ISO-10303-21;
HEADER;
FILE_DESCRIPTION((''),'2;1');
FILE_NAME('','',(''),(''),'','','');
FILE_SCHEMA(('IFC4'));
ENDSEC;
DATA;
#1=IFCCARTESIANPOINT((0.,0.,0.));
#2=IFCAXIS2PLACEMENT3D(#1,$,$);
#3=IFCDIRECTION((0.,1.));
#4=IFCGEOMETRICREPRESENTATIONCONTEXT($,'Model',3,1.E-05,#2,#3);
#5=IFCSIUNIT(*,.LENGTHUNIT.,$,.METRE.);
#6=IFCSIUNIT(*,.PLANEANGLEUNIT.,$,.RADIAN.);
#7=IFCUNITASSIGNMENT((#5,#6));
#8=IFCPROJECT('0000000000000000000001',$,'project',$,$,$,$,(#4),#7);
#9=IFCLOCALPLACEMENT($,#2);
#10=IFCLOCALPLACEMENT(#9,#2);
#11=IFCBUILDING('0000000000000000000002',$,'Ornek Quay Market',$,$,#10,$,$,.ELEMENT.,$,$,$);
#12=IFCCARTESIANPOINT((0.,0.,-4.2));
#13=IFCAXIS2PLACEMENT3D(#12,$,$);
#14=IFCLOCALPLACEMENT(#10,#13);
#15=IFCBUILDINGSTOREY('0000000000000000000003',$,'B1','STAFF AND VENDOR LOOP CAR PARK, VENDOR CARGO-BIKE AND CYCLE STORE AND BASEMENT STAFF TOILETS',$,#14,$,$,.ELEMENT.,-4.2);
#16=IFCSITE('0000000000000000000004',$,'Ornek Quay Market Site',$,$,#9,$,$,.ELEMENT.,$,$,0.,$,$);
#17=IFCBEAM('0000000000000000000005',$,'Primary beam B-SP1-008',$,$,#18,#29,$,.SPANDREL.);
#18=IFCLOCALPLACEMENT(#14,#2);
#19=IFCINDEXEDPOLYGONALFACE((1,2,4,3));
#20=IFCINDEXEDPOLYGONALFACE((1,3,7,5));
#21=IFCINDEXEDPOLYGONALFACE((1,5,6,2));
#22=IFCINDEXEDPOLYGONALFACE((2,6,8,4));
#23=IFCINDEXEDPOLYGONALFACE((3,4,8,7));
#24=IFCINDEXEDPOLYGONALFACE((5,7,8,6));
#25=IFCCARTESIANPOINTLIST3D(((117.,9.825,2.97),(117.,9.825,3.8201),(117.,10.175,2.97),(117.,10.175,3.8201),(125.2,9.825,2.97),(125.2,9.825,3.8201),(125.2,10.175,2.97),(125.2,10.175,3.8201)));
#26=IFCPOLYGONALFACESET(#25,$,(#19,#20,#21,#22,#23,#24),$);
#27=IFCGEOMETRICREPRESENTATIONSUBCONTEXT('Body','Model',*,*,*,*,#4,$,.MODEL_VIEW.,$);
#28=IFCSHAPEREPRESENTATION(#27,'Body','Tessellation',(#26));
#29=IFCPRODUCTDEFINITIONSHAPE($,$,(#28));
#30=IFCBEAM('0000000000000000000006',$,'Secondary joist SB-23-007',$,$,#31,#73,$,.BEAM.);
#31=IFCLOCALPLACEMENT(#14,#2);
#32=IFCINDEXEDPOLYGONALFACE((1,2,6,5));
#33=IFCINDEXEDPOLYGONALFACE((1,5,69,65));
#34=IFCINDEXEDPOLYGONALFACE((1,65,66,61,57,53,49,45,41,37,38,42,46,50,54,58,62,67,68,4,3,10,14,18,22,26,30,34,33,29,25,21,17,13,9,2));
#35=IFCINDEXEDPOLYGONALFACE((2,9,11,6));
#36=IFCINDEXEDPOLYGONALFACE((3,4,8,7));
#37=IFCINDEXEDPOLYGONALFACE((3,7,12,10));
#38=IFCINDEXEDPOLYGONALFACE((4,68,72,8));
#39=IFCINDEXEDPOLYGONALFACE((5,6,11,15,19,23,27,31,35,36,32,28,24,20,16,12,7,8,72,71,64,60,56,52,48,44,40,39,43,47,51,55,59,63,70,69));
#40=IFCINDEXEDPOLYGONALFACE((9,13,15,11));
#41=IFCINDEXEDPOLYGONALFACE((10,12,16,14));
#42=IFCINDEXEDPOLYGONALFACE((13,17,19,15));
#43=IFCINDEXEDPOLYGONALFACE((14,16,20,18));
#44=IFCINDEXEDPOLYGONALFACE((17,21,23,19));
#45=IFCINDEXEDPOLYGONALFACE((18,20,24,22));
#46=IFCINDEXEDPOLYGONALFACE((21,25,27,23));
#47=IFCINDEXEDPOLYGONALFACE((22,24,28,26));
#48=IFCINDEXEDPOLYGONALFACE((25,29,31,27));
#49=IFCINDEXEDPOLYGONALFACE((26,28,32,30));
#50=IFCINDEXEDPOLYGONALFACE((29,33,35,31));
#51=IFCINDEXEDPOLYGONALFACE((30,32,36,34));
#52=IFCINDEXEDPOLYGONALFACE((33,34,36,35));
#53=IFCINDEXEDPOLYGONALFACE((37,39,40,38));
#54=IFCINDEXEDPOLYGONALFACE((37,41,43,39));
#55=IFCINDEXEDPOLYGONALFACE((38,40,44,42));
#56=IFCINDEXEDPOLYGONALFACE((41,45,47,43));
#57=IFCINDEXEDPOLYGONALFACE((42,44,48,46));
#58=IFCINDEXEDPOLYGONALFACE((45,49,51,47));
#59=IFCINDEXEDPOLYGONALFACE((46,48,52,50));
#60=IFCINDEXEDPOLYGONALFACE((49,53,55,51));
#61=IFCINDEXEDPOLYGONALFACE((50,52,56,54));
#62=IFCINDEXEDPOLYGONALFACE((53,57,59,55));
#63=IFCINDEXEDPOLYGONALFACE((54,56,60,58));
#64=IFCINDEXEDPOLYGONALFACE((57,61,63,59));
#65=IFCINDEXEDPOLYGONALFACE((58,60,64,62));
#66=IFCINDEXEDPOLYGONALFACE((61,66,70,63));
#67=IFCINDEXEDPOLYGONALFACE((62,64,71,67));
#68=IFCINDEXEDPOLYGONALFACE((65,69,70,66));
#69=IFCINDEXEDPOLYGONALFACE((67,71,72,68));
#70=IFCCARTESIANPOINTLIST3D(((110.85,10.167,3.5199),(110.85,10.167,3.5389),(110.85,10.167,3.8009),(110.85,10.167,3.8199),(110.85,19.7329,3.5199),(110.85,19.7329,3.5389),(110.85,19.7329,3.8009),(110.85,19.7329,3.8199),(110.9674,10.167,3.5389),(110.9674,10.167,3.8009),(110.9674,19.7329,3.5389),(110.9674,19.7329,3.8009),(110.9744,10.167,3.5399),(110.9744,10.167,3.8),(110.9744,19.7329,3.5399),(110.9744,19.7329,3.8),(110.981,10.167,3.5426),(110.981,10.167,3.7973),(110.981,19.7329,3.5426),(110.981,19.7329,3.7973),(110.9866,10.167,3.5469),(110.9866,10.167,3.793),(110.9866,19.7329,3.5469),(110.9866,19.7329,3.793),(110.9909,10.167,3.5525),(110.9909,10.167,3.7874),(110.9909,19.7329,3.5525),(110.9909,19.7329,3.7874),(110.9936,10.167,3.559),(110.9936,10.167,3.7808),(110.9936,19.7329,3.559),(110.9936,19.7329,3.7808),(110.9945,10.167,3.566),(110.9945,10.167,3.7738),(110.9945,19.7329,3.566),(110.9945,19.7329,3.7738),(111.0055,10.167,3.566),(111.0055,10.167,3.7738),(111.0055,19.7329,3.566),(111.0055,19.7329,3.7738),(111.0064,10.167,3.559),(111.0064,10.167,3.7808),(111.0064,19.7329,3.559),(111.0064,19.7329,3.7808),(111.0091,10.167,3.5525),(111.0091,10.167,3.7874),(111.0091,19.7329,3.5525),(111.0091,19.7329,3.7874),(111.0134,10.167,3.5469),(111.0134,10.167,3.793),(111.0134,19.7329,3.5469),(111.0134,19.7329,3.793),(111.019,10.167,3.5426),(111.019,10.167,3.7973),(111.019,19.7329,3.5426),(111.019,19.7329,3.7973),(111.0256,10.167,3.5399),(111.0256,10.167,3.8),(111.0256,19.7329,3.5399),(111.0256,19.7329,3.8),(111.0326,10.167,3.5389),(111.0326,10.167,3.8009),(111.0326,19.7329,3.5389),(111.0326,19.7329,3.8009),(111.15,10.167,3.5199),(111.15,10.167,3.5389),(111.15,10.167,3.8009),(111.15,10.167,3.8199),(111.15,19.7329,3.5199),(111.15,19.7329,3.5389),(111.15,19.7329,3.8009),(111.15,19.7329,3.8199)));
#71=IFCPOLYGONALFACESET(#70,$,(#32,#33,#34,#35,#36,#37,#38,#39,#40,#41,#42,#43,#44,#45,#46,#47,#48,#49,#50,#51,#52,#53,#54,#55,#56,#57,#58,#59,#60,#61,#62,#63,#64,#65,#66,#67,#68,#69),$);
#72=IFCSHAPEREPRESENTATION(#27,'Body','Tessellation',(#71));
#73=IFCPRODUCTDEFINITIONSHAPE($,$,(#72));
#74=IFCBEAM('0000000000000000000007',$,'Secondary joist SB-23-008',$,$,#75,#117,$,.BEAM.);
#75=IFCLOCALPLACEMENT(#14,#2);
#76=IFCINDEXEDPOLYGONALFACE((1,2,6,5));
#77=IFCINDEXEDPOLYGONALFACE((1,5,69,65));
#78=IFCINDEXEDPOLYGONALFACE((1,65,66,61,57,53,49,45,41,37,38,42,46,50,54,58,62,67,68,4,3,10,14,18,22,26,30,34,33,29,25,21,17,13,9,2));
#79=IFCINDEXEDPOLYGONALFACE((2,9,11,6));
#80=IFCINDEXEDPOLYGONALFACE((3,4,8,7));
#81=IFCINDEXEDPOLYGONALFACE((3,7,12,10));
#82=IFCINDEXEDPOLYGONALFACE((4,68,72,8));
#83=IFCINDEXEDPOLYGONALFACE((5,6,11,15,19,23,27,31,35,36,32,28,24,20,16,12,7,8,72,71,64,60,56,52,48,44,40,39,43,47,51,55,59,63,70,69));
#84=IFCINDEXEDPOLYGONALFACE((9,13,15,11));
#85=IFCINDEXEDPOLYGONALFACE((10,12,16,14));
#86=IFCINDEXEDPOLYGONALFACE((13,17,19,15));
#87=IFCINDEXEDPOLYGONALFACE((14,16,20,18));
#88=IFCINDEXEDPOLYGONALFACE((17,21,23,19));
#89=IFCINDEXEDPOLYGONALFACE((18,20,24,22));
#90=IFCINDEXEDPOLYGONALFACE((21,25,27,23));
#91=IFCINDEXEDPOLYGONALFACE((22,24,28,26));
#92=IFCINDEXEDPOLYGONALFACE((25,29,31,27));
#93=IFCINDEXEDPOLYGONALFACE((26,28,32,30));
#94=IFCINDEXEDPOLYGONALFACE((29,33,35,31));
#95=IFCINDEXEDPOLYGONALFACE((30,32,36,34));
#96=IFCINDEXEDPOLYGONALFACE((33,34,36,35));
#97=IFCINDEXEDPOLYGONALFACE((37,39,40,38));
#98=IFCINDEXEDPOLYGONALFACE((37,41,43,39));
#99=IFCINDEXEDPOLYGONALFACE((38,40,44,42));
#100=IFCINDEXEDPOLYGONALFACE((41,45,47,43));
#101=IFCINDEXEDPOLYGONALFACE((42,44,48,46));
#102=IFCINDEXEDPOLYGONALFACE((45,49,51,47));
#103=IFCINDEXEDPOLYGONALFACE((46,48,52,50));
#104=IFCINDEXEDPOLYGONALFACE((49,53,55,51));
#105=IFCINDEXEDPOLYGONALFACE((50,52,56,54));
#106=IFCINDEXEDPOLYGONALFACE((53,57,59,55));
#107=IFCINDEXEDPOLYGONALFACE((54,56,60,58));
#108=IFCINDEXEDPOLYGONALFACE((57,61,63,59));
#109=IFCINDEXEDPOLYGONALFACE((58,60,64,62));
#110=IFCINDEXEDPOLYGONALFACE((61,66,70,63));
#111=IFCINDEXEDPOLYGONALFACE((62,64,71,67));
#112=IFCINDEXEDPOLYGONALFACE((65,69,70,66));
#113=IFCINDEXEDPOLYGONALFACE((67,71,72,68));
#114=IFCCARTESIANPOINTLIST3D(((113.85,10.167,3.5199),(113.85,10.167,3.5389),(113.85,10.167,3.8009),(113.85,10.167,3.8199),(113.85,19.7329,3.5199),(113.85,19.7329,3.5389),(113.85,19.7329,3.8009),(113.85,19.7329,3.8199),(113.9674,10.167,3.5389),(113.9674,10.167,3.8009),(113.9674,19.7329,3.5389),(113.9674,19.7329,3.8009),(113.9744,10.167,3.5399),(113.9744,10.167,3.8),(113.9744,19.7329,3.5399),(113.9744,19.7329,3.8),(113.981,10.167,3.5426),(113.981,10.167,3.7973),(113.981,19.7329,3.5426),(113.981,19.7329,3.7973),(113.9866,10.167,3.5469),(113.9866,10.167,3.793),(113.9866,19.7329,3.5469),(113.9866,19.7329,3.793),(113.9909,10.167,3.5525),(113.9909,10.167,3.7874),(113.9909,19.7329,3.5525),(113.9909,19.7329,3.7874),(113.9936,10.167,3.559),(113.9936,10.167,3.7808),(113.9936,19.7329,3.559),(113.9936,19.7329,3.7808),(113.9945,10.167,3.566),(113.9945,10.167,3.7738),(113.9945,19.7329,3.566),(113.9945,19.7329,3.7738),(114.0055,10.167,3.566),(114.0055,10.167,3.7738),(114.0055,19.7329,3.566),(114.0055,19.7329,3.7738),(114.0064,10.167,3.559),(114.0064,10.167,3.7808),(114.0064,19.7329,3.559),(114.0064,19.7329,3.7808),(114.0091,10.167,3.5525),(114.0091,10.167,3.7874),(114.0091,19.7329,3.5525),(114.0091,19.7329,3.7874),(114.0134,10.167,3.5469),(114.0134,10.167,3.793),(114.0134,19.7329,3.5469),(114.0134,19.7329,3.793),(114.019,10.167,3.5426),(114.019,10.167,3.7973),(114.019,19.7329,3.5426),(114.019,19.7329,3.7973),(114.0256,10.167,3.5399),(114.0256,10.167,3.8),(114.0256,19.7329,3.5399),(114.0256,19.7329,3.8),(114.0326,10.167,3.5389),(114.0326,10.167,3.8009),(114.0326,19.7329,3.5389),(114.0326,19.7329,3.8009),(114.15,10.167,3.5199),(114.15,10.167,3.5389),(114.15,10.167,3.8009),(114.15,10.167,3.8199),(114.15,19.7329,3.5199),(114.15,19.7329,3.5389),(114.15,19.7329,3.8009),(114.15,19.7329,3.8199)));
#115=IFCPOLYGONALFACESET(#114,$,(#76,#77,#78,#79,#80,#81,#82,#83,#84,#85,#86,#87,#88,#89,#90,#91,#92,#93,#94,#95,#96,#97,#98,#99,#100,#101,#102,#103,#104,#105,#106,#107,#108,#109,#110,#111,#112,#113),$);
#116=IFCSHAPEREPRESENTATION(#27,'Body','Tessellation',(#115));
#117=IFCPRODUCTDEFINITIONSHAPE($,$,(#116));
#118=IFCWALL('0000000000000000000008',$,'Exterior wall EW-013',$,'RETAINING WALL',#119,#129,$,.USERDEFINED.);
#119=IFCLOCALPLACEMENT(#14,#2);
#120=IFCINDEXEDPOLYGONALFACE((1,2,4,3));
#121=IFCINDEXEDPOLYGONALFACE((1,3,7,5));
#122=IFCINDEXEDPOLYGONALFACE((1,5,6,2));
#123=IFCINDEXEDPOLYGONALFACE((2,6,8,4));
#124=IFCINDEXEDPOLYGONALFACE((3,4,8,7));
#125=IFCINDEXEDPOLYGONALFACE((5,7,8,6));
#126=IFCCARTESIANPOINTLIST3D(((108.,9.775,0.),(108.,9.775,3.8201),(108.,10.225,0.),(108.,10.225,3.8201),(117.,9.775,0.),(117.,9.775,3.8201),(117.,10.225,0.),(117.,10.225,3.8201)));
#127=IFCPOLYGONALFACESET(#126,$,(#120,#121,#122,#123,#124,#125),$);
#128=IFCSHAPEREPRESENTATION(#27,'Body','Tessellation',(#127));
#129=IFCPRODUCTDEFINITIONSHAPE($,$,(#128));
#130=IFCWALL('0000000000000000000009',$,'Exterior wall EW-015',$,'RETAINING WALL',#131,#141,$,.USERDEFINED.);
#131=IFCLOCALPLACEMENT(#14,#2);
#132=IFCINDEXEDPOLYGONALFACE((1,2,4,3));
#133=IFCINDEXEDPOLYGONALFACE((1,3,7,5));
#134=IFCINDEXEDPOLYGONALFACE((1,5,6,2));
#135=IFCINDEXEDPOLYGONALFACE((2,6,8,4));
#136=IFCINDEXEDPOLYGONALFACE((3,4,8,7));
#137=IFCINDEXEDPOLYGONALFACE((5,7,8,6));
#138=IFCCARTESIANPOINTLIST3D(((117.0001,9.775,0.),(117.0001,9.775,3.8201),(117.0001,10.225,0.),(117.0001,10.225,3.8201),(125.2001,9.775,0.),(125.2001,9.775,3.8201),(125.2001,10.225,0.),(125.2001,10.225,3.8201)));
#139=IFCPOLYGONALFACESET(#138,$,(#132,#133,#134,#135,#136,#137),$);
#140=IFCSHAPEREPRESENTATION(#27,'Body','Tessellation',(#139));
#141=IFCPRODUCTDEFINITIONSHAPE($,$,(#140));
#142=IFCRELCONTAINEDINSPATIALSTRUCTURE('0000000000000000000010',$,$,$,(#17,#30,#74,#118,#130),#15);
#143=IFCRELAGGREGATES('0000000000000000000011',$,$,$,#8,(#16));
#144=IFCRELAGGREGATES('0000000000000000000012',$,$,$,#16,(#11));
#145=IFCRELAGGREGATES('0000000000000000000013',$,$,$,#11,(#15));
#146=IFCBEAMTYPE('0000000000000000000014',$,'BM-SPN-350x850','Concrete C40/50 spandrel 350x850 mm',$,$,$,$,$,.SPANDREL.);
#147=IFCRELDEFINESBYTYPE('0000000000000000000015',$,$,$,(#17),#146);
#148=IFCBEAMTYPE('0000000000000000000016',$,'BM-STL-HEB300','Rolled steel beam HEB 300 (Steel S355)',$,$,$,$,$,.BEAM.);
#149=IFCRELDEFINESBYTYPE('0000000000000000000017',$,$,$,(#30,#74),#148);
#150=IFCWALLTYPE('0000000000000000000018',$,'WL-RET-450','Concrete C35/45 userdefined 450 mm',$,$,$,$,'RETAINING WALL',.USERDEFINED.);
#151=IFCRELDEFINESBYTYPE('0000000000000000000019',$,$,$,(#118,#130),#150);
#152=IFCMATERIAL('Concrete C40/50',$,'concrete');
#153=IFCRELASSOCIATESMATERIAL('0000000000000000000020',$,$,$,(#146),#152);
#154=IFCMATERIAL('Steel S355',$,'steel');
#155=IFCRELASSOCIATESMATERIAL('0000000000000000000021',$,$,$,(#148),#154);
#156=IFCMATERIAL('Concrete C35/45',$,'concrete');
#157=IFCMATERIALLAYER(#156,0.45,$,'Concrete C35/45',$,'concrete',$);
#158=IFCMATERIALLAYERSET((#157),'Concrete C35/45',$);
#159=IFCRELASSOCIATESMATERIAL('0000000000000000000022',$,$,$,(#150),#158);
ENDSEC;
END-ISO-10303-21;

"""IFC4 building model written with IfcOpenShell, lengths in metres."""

from ifc_helpers import new_model, si_unit, direction, frame, frame_2d, origin, origin_2d, place, context, subcontext, project, spatial, rectangle, i_section, extrude, material, layer, layer_set, material_profile, profile_set, type_object, element, save


model = new_model("IFC4")

# Units and contexts
model_context = context("Model", 3, precision=1e-05, world=origin(), true_north=direction((0.0, 1.0)))
body_context = subcontext(model_context, "Body", "Model", "MODEL_VIEW")
ifc_project = project(units=[si_unit("LENGTHUNIT", "METRE"), si_unit("PLANEANGLEUNIT", "RADIAN")], contexts=[model_context])

# Site, building, storey
site_placement = place(None, origin())
site = spatial("IfcSite", under=ifc_project, at=site_placement, Name="Ornek Quay Market Site", CompositionType="ELEMENT", RefElevation=0.0)
building_placement = place(site_placement, origin())
building = spatial("IfcBuilding", under=site, at=building_placement, Name="Ornek Quay Market", CompositionType="ELEMENT")
storey_placement = place(building_placement, frame((0.0, 0.0, -4.2)))
storey = spatial("IfcBuildingStorey", under=building, at=storey_placement, Name="B1", Description="STAFF AND VENDOR LOOP CAR PARK, VENDOR CARGO-BIKE AND CYCLE STORE AND BASEMENT STAFF TOILETS", CompositionType="ELEMENT", Elevation=-4.2)

# Shared definitions
ifc_material_1 = material(Name="Concrete C35/45", Category="concrete")

# Shared definitions
ifc_material_2 = material(Name="Concrete C40/50", Category="concrete")

# Beams
ifc_material_profile_1 = material_profile(ifc_material_2, rectangle(XDim=0.3501, YDim=0.8501, at=origin_2d()), Name="RC 350x850", Category="concrete")
ifc_profile_set_1 = profile_set([ifc_material_profile_1], Name="Concrete C40/50")
beam_type_1 = type_object("IfcBeamType", Name="BM-SPN-350x850", Description="Concrete C40/50 spandrel 350x850 mm", PredefinedType="SPANDREL", material=ifc_profile_set_1)
beam_1_placement = place(storey_placement, frame((117.0, 10.0, 3.395), z_axis=(1.0, 0.0, 0.0), x_axis=(0.0, 1.0, 0.0)))
element("IfcBeam", 1, at=beam_1_placement, inside=storey, type_object=beam_type_1, Name="Primary beam B-SP1-008", PredefinedType="SPANDREL", context=body_context, shape_type="SweptSolid", body=[
    extrude(rectangle(XDim=0.3501, YDim=0.8501, at=origin_2d()), origin(), (0.0, 0.0, 1.0), 8.2),
])
ifc_material_3 = material(Name="Steel S355", Category="steel")
ifc_material_profile_2 = material_profile(ifc_material_3, i_section(OverallWidth=0.3, OverallDepth=0.3, WebThickness=0.011, FlangeThickness=0.019, FilletRadius=0.0271, at=origin_2d()), Name="HEB 300", Category="steel")
ifc_profile_set_2 = profile_set([ifc_material_profile_2], Name="Steel S355")
beam_type_2 = type_object("IfcBeamType", Name="BM-STL-HEB300", Description="Rolled steel beam HEB 300 (Steel S355)", PredefinedType="BEAM", material=ifc_profile_set_2)
for number, where, z_axis, x_axis, name in (
    (2, (111.0, 10.167, 3.6699), (0.0, 1.0, 0.0), (-1.0, 0.0, 0.0), "Secondary joist SB-23-007"),
    (3, (114.0, 10.167, 3.6699), (0.0, 1.0, 0.0), (-1.0, 0.0, 0.0), "Secondary joist SB-23-008"),
):
    element("IfcBeam", number, at=place(storey_placement, frame(where, z_axis=z_axis, x_axis=x_axis)), inside=storey, type_object=beam_type_2, Name=name, PredefinedType="BEAM", context=body_context, shape_type="SweptSolid", body=[
        extrude(i_section(OverallWidth=0.3, OverallDepth=0.3, WebThickness=0.011, FlangeThickness=0.019, FilletRadius=0.0271, at=origin_2d()), origin(), (0.0, 0.0, 1.0), 9.5659),
    ])

# Walls
ifc_layer = layer(ifc_material_1, 0.45, Name="Concrete C35/45", Category="concrete")
ifc_layer_set = layer_set([ifc_layer], Name="Concrete C35/45")
wall_type = type_object("IfcWallType", Name="WL-RET-450", Description="Concrete C35/45 userdefined 450 mm", ElementType="RETAINING WALL", PredefinedType="USERDEFINED", material=ifc_layer_set)
wall_1_placement = place(storey_placement, frame((108.0, 10.0, 0.0), z_axis=(0.0, 0.0, 1.0), x_axis=(1.0, 0.0, 0.0)))
element("IfcWall", 4, at=wall_1_placement, inside=storey, type_object=wall_type, Name="Exterior wall EW-013", ObjectType="RETAINING WALL", PredefinedType="USERDEFINED", context=body_context, shape_type="SweptSolid", body=[
    extrude(rectangle(XDim=9.0, YDim=0.45, at=frame_2d((4.5, 0.0))), origin(), (0.0, 0.0, 1.0), 3.8201),
])
wall_2_placement = place(storey_placement, frame((117.0, 10.0, 0.0), z_axis=(0.0, 0.0, 1.0), x_axis=(1.0, 0.0, 0.0)))
element("IfcWall", 5, at=wall_2_placement, inside=storey, type_object=wall_type, Name="Exterior wall EW-015", ObjectType="RETAINING WALL", PredefinedType="USERDEFINED", context=body_context, shape_type="SweptSolid", body=[
    extrude(rectangle(XDim=8.2, YDim=0.45, at=frame_2d((4.1001, 0.0))), origin(), (0.0, 0.0, 1.0), 3.8201),
])

save(model, "model.ifc")
